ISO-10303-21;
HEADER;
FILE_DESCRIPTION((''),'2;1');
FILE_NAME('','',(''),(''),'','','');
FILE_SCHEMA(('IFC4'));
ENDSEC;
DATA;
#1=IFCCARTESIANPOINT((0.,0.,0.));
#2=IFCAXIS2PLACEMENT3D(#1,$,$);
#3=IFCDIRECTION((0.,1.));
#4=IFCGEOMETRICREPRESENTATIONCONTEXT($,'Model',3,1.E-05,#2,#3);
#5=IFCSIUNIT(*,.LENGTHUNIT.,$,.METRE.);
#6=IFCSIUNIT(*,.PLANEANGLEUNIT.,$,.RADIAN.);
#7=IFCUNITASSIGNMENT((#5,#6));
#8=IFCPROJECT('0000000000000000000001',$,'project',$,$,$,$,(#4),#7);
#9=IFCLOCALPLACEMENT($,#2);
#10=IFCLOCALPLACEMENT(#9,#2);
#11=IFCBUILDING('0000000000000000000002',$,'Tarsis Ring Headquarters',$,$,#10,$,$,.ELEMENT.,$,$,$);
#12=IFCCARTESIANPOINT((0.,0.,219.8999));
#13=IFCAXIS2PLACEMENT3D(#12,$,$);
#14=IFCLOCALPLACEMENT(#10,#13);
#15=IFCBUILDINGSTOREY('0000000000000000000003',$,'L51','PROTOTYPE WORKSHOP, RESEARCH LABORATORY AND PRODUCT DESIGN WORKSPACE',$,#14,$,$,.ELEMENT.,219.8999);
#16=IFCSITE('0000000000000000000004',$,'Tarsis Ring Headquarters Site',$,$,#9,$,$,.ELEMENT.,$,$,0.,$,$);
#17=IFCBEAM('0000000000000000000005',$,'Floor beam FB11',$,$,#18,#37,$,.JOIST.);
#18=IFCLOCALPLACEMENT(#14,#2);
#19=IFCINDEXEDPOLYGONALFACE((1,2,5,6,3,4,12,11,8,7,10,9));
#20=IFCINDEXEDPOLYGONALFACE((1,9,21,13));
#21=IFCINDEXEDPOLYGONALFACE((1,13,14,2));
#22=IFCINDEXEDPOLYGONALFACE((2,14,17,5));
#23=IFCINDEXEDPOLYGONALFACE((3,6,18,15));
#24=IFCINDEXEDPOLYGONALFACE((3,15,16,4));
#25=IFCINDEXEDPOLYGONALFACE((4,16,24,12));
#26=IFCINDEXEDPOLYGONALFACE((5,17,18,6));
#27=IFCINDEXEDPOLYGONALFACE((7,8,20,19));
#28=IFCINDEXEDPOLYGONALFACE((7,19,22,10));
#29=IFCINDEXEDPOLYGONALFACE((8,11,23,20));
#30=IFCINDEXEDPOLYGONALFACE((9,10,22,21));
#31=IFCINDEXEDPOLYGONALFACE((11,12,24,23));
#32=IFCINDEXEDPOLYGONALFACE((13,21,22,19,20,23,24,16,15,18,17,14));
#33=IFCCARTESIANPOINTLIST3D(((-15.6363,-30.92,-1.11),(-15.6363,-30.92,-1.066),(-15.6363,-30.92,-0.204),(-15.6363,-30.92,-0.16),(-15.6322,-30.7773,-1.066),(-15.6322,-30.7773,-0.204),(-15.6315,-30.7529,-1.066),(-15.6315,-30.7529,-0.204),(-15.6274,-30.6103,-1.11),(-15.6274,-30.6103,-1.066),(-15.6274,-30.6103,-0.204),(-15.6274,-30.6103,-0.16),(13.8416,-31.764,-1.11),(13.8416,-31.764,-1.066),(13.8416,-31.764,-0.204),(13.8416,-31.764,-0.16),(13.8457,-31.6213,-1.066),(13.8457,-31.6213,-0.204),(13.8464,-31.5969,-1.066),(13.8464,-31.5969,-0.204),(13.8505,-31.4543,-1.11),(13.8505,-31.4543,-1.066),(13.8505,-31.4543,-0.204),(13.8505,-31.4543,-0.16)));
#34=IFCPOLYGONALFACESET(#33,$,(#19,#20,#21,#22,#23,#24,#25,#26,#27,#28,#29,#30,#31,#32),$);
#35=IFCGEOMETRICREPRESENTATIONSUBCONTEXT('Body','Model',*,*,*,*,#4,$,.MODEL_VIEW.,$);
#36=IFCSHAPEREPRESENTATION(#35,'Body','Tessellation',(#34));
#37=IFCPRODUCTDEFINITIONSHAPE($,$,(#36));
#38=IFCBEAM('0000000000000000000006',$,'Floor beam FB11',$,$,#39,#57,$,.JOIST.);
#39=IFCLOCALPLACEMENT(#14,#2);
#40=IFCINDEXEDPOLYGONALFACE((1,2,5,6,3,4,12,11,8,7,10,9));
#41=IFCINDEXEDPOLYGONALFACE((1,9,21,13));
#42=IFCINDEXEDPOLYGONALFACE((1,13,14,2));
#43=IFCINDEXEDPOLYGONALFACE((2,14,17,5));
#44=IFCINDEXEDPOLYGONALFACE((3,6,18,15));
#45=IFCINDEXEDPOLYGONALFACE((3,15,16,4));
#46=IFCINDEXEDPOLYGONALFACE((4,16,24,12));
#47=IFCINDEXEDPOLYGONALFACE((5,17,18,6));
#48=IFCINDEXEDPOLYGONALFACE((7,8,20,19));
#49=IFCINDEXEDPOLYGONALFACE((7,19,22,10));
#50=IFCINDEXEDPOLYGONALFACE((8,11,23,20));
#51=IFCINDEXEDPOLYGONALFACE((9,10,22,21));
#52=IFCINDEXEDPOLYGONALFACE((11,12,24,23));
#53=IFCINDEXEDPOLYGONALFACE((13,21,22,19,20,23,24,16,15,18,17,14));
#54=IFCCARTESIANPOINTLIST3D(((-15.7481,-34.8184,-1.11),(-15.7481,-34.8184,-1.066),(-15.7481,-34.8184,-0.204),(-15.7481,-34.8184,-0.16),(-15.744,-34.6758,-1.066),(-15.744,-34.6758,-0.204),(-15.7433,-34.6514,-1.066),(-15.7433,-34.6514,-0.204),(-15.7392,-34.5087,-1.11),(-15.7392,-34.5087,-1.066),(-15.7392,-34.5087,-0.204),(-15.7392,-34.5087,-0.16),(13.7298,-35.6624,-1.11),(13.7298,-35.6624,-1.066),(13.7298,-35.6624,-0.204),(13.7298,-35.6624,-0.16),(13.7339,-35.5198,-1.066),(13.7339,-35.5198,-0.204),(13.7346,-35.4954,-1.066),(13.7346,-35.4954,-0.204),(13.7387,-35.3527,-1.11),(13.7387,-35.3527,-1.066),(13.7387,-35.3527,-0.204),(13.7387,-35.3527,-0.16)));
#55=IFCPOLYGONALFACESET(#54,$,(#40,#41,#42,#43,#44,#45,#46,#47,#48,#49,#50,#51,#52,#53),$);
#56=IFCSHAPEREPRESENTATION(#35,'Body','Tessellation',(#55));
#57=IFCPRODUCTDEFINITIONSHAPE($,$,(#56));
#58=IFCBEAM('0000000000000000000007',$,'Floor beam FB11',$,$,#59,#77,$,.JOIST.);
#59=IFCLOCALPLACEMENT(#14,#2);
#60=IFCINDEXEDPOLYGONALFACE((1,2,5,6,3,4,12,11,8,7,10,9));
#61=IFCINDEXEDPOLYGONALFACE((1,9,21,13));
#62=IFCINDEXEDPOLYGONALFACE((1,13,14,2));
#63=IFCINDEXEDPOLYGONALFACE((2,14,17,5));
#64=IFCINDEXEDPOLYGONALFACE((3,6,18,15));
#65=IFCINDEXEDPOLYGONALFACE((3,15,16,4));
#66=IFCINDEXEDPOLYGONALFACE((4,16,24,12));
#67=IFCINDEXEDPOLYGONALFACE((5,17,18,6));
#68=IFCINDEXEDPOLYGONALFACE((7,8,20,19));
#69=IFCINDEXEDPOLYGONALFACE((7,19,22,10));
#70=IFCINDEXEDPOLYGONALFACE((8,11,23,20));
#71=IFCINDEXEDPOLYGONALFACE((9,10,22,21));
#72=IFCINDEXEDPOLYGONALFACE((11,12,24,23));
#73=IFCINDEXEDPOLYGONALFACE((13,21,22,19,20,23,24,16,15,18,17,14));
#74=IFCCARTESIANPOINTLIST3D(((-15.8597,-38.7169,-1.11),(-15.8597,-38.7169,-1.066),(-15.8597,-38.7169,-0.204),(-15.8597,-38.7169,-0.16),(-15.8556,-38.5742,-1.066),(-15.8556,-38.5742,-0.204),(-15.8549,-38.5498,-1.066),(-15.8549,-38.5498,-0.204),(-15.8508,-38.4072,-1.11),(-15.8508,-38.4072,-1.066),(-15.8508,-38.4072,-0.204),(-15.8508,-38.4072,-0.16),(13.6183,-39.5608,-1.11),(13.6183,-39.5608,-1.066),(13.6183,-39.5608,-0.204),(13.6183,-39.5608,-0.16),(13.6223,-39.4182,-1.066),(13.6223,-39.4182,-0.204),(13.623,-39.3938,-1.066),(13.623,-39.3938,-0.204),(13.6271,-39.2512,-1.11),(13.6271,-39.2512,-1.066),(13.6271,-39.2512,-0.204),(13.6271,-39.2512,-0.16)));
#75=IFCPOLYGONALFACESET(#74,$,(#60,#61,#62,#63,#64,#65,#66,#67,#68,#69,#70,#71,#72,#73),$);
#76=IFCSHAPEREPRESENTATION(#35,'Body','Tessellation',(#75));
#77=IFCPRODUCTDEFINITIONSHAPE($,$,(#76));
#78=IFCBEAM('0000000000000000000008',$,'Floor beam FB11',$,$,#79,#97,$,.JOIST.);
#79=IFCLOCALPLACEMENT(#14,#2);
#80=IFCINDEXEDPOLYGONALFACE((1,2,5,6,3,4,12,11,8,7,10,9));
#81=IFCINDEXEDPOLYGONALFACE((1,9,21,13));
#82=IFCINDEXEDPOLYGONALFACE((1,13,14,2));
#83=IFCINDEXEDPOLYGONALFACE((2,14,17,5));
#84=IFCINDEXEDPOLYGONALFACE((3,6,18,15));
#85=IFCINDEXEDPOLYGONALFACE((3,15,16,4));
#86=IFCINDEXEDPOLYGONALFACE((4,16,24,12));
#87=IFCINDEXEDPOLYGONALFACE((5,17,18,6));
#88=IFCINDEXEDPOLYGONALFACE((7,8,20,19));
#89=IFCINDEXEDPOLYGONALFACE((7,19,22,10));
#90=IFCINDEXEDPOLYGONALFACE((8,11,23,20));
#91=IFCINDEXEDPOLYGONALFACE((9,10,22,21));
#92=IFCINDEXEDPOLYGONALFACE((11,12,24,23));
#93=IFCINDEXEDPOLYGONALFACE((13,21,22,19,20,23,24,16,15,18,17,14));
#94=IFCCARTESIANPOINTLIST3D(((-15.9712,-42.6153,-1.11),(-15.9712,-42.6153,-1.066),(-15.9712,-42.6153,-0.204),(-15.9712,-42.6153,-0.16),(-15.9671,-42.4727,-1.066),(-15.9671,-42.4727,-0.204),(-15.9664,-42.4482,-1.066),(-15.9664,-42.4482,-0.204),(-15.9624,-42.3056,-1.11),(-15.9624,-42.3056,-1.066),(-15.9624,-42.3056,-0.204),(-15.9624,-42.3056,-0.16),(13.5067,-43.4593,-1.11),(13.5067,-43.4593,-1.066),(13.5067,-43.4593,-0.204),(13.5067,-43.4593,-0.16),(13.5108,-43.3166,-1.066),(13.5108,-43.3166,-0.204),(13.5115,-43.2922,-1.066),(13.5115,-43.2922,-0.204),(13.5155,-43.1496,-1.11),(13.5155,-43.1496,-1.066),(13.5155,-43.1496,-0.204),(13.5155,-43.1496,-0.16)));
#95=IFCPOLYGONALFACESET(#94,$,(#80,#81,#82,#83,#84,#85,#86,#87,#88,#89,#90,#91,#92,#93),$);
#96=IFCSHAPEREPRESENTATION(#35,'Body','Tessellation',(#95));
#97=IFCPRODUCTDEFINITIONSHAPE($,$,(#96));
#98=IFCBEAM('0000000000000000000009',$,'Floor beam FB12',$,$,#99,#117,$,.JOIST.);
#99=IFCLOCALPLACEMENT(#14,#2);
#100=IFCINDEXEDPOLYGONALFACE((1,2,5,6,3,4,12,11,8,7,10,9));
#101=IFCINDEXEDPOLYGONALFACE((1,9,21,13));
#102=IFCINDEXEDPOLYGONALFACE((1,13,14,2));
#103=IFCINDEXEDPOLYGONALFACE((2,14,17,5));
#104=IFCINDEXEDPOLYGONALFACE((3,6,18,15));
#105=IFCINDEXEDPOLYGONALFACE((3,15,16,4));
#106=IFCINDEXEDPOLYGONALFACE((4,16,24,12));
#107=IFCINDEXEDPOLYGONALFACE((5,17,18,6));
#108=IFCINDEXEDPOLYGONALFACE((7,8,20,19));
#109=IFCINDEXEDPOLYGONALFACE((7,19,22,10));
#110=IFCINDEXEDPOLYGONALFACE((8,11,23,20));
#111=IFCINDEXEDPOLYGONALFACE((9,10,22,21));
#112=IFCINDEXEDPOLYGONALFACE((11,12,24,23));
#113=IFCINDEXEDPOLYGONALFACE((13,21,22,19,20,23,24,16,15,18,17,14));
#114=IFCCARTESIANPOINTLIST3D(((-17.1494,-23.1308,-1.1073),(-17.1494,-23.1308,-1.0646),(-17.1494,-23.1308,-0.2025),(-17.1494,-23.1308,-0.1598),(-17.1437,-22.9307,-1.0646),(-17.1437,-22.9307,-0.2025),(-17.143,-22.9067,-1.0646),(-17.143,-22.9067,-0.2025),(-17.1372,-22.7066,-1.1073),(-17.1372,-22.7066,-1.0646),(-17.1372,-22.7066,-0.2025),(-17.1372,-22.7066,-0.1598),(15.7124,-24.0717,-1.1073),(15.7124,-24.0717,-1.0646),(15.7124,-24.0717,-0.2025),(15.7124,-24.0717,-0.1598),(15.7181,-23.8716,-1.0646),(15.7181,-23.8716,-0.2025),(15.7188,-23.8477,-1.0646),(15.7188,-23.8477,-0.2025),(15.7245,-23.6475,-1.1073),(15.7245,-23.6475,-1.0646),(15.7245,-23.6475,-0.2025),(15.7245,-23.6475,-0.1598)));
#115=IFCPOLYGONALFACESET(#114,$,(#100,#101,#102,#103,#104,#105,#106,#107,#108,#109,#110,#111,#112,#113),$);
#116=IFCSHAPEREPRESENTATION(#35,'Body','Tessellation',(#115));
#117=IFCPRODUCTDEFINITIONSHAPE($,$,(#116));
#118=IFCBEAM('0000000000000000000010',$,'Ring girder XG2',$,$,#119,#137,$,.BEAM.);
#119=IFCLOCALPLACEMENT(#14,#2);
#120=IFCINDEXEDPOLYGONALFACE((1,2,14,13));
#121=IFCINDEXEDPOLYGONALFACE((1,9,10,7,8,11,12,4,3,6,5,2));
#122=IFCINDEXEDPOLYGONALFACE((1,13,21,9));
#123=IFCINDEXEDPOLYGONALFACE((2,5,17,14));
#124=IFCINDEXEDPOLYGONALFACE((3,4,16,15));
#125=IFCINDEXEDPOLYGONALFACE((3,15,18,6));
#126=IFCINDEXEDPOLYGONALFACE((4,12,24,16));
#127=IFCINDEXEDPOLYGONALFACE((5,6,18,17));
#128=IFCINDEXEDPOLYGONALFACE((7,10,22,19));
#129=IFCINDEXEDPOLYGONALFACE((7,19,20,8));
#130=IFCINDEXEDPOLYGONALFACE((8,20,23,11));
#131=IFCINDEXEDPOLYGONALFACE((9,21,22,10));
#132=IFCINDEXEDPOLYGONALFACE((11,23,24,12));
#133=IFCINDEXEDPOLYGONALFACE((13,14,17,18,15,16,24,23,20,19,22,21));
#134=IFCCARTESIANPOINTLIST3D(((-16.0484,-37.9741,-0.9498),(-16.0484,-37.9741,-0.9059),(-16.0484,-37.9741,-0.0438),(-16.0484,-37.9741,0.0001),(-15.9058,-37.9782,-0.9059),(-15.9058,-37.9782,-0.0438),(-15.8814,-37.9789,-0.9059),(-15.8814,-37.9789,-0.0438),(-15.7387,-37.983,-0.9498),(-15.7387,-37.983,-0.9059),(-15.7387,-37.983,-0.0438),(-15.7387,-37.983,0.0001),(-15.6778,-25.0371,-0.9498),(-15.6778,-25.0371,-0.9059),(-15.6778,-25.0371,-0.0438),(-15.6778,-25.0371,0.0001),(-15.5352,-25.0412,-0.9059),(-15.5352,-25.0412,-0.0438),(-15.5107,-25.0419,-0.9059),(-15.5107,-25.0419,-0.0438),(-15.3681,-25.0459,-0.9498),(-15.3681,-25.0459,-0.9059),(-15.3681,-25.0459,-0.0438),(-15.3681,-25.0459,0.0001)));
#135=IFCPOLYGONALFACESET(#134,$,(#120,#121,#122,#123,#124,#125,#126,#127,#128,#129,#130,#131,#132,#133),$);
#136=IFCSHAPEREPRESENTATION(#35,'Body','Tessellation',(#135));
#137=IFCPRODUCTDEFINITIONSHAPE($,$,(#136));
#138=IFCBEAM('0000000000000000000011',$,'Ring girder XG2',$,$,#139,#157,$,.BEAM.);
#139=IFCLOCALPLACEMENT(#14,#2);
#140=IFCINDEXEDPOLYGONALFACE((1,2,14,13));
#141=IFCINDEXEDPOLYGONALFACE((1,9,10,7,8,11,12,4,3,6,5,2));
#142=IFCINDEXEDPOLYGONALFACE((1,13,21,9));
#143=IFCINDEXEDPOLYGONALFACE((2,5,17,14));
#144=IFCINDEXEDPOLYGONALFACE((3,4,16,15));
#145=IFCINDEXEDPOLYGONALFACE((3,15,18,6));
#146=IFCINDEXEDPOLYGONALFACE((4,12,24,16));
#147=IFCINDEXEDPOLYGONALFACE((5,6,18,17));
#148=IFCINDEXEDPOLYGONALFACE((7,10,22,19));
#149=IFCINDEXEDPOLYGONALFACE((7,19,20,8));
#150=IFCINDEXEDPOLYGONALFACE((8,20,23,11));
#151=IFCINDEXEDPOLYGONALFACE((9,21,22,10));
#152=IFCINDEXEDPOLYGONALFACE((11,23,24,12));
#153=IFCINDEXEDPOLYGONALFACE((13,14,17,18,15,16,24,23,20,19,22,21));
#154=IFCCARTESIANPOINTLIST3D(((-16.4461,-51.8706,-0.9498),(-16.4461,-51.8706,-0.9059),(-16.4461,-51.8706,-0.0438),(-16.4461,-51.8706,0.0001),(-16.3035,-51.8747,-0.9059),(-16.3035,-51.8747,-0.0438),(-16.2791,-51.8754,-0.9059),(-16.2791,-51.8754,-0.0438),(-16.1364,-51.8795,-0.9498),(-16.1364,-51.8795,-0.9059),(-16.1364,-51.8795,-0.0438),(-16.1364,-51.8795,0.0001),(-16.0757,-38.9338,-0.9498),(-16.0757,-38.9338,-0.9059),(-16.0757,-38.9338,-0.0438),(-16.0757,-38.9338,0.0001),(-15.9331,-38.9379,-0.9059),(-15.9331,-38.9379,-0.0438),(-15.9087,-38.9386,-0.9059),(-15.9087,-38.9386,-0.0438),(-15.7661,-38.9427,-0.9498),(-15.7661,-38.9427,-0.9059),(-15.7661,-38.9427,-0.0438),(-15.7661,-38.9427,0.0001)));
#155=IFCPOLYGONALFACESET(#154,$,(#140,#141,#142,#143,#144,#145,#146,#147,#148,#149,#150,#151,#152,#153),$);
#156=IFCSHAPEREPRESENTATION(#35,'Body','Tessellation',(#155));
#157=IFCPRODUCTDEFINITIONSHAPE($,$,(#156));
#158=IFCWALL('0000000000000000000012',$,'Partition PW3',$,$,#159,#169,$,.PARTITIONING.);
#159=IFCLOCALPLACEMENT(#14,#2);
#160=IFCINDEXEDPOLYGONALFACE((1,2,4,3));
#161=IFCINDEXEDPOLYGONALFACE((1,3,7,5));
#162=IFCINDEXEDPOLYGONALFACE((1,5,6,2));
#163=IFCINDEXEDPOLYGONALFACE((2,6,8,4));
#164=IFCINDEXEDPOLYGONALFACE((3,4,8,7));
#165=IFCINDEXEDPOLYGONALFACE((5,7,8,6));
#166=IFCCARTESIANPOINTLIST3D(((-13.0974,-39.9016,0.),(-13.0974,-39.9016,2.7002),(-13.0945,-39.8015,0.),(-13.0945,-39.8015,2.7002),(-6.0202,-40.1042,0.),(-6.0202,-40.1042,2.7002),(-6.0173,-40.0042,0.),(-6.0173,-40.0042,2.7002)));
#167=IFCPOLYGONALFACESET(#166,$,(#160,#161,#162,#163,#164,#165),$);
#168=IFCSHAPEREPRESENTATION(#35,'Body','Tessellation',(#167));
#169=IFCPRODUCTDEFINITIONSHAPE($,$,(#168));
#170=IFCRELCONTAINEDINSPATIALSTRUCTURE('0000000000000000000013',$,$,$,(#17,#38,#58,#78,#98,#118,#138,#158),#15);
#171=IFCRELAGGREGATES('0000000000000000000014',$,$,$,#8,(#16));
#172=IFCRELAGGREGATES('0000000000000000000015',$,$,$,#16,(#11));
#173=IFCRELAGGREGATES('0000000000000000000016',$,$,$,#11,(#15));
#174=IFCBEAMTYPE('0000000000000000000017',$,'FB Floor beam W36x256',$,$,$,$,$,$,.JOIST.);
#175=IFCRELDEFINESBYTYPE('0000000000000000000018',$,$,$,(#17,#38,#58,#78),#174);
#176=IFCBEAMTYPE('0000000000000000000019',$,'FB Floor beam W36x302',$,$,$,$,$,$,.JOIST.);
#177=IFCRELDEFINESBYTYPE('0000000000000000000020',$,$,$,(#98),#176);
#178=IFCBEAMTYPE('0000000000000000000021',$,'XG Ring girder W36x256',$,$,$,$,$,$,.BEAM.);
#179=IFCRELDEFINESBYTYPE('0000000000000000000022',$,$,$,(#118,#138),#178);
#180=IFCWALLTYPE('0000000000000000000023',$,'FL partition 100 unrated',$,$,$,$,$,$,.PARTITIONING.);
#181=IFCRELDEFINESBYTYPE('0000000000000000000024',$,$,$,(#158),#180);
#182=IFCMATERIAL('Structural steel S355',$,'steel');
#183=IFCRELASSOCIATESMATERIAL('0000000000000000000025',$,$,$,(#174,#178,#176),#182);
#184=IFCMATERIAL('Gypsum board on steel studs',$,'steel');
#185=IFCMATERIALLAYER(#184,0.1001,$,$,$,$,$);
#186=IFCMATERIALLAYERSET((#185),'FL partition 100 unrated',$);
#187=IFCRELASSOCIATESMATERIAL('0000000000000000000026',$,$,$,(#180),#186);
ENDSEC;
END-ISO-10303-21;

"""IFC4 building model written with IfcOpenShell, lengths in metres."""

from ifc_helpers import new_model, si_unit, direction, frame, frame_2d, origin, origin_2d, place, context, subcontext, project, spatial, rectangle, i_section, extrude, material, layer, layer_set, material_profile, profile_set, type_object, element, save


model = new_model("IFC4")

# Units and contexts
model_context = context("Model", 3, precision=1e-05, world=origin(), true_north=direction((0.0, 1.0)))
body_context = subcontext(model_context, "Body", "Model", "MODEL_VIEW")
ifc_project = project(units=[si_unit("LENGTHUNIT", "METRE"), si_unit("PLANEANGLEUNIT", "RADIAN")], contexts=[model_context])

# Site, building, storey
site_placement = place(None, origin())
site = spatial("IfcSite", under=ifc_project, at=site_placement, Name="Tarsis Ring Headquarters Site", CompositionType="ELEMENT", RefElevation=0.0)
building_placement = place(site_placement, origin())
building = spatial("IfcBuilding", under=site, at=building_placement, Name="Tarsis Ring Headquarters", CompositionType="ELEMENT")
storey_placement = place(building_placement, frame((0.0, 0.0, 219.8999)))
storey = spatial("IfcBuildingStorey", under=building, at=storey_placement, Name="L51", Description="PROTOTYPE WORKSHOP, RESEARCH LABORATORY AND PRODUCT DESIGN WORKSPACE", CompositionType="ELEMENT", Elevation=219.8999)

# Shared definitions
ifc_material_1 = material(Name="Structural steel S355", Category="steel")

# Beams
ifc_material_profile_1 = material_profile(ifc_material_1, i_section(OverallWidth=0.3098, OverallDepth=0.95, WebThickness=0.0244, FlangeThickness=0.0439, at=origin_2d()), Name="W36x256")
ifc_profile_set_1 = profile_set([ifc_material_profile_1], Name="Structural steel S355")
beam_type_1 = type_object("IfcBeamType", Name="FB Floor beam W36x256", PredefinedType="JOIST", material=ifc_profile_set_1)
for number, where, z_axis, x_axis, name in (
    (1, (-15.6318, -30.7651, -0.635), (0.99959, -0.02862, 0.0), (0.02862, 0.99959, 0.0), "Floor beam FB11"),
    (2, (-15.7437, -34.6636, -0.635), (0.99959, -0.02862, 0.0), (0.02862, 0.99959, 0.0), "Floor beam FB11"),
    (3, (-15.8552, -38.562, -0.635), (0.99959, -0.02862, 0.0), (0.02862, 0.99959, 0.0), "Floor beam FB11"),
    (4, (-15.9668, -42.4604, -0.635), (0.99959, -0.02862, 0.0), (0.02862, 0.99959, 0.0), "Floor beam FB11"),
):
    element("IfcBeam", number, at=place(storey_placement, frame(where, z_axis=z_axis, x_axis=x_axis)), inside=storey, type_object=beam_type_1, Name=name, PredefinedType="JOIST", context=body_context, shape_type="SweptSolid", body=[
        extrude(i_section(OverallWidth=0.3098, OverallDepth=0.95, WebThickness=0.0244, FlangeThickness=0.0439, at=origin_2d()), origin(), (0.0, 0.0, 1.0), 29.49),
    ])
ifc_material_profile_2 = material_profile(ifc_material_1, i_section(OverallWidth=0.4243, OverallDepth=0.9475, WebThickness=0.0239, FlangeThickness=0.0427, at=origin_2d()), Name="W36x302")
ifc_profile_set_2 = profile_set([ifc_material_profile_2], Name="Structural steel S355")
beam_type_2 = type_object("IfcBeamType", Name="FB Floor beam W36x302", PredefinedType="JOIST", material=ifc_profile_set_2)
beam_1_placement = place(storey_placement, frame((-17.1433, -22.9187, -0.6335), z_axis=(0.99959, -0.028621, 0.0), x_axis=(0.028621, 0.99959, 0.0)))
element("IfcBeam", 5, at=beam_1_placement, inside=storey, type_object=beam_type_2, Name="Floor beam FB12", PredefinedType="JOIST", context=body_context, shape_type="SweptSolid", body=[
    extrude(i_section(OverallWidth=0.4243, OverallDepth=0.9475, WebThickness=0.0239, FlangeThickness=0.0427, at=origin_2d()), origin(), (0.0, 0.0, 1.0), 32.8752),
])
beam_type_3 = type_object("IfcBeamType", Name="XG Ring girder W36x256", PredefinedType="BEAM", material=ifc_profile_set_1)
beam_2_placement = place(storey_placement, frame((-15.5229, -25.0415, -0.4749), z_axis=(-0.028635, -0.99959, 0.0), x_axis=(0.99959, -0.028635, 0.0)))
element("IfcBeam", 6, at=beam_2_placement, inside=storey, type_object=beam_type_3, Name="Ring girder XG2", PredefinedType="BEAM", context=body_context, shape_type="SweptSolid", body=[
    extrude(i_section(OverallWidth=0.3098, OverallDepth=0.95, WebThickness=0.0244, FlangeThickness=0.0439, at=origin_2d()), origin(), (0.0, 0.0, 1.0), 12.9424),
])
beam_3_placement = place(storey_placement, frame((-15.9209, -38.9382, -0.4749), z_axis=(-0.028617, -0.99959, 0.0), x_axis=(0.99959, -0.028617, 0.0)))
element("IfcBeam", 7, at=beam_3_placement, inside=storey, type_object=beam_type_3, Name="Ring girder XG2", PredefinedType="BEAM", context=body_context, shape_type="SweptSolid", body=[
    extrude(i_section(OverallWidth=0.3098, OverallDepth=0.95, WebThickness=0.0244, FlangeThickness=0.0439, at=origin_2d()), origin(), (0.0, 0.0, 1.0), 12.9421),
])

# Wall
ifc_material_2 = material(Name="Gypsum board on steel studs", Category="steel")
ifc_layer_1 = layer(ifc_material_2, 0.1001)
ifc_layer_set_1 = layer_set([ifc_layer_1], Name="FL partition 100 unrated")
wall_type_1 = type_object("IfcWallType", Name="FL partition 100 unrated", PredefinedType="PARTITIONING", material=ifc_layer_set_1)
wall_1_placement = place(storey_placement, frame((-13.0959, -39.8516, 0.0), z_axis=(0.0, 0.0, 1.0), x_axis=(0.99959, -0.028621, 0.0)))
element("IfcWall", 8, at=wall_1_placement, inside=storey, type_object=wall_type_1, Name="Partition PW3", PredefinedType="PARTITIONING", context=body_context, shape_type="SweptSolid", body=[
    extrude(rectangle(XDim=7.0801, YDim=0.1001, at=frame_2d((3.54, 0.0))), origin(), (0.0, 0.0, 1.0), 2.7002),
])

save(model, "model.ifc")
